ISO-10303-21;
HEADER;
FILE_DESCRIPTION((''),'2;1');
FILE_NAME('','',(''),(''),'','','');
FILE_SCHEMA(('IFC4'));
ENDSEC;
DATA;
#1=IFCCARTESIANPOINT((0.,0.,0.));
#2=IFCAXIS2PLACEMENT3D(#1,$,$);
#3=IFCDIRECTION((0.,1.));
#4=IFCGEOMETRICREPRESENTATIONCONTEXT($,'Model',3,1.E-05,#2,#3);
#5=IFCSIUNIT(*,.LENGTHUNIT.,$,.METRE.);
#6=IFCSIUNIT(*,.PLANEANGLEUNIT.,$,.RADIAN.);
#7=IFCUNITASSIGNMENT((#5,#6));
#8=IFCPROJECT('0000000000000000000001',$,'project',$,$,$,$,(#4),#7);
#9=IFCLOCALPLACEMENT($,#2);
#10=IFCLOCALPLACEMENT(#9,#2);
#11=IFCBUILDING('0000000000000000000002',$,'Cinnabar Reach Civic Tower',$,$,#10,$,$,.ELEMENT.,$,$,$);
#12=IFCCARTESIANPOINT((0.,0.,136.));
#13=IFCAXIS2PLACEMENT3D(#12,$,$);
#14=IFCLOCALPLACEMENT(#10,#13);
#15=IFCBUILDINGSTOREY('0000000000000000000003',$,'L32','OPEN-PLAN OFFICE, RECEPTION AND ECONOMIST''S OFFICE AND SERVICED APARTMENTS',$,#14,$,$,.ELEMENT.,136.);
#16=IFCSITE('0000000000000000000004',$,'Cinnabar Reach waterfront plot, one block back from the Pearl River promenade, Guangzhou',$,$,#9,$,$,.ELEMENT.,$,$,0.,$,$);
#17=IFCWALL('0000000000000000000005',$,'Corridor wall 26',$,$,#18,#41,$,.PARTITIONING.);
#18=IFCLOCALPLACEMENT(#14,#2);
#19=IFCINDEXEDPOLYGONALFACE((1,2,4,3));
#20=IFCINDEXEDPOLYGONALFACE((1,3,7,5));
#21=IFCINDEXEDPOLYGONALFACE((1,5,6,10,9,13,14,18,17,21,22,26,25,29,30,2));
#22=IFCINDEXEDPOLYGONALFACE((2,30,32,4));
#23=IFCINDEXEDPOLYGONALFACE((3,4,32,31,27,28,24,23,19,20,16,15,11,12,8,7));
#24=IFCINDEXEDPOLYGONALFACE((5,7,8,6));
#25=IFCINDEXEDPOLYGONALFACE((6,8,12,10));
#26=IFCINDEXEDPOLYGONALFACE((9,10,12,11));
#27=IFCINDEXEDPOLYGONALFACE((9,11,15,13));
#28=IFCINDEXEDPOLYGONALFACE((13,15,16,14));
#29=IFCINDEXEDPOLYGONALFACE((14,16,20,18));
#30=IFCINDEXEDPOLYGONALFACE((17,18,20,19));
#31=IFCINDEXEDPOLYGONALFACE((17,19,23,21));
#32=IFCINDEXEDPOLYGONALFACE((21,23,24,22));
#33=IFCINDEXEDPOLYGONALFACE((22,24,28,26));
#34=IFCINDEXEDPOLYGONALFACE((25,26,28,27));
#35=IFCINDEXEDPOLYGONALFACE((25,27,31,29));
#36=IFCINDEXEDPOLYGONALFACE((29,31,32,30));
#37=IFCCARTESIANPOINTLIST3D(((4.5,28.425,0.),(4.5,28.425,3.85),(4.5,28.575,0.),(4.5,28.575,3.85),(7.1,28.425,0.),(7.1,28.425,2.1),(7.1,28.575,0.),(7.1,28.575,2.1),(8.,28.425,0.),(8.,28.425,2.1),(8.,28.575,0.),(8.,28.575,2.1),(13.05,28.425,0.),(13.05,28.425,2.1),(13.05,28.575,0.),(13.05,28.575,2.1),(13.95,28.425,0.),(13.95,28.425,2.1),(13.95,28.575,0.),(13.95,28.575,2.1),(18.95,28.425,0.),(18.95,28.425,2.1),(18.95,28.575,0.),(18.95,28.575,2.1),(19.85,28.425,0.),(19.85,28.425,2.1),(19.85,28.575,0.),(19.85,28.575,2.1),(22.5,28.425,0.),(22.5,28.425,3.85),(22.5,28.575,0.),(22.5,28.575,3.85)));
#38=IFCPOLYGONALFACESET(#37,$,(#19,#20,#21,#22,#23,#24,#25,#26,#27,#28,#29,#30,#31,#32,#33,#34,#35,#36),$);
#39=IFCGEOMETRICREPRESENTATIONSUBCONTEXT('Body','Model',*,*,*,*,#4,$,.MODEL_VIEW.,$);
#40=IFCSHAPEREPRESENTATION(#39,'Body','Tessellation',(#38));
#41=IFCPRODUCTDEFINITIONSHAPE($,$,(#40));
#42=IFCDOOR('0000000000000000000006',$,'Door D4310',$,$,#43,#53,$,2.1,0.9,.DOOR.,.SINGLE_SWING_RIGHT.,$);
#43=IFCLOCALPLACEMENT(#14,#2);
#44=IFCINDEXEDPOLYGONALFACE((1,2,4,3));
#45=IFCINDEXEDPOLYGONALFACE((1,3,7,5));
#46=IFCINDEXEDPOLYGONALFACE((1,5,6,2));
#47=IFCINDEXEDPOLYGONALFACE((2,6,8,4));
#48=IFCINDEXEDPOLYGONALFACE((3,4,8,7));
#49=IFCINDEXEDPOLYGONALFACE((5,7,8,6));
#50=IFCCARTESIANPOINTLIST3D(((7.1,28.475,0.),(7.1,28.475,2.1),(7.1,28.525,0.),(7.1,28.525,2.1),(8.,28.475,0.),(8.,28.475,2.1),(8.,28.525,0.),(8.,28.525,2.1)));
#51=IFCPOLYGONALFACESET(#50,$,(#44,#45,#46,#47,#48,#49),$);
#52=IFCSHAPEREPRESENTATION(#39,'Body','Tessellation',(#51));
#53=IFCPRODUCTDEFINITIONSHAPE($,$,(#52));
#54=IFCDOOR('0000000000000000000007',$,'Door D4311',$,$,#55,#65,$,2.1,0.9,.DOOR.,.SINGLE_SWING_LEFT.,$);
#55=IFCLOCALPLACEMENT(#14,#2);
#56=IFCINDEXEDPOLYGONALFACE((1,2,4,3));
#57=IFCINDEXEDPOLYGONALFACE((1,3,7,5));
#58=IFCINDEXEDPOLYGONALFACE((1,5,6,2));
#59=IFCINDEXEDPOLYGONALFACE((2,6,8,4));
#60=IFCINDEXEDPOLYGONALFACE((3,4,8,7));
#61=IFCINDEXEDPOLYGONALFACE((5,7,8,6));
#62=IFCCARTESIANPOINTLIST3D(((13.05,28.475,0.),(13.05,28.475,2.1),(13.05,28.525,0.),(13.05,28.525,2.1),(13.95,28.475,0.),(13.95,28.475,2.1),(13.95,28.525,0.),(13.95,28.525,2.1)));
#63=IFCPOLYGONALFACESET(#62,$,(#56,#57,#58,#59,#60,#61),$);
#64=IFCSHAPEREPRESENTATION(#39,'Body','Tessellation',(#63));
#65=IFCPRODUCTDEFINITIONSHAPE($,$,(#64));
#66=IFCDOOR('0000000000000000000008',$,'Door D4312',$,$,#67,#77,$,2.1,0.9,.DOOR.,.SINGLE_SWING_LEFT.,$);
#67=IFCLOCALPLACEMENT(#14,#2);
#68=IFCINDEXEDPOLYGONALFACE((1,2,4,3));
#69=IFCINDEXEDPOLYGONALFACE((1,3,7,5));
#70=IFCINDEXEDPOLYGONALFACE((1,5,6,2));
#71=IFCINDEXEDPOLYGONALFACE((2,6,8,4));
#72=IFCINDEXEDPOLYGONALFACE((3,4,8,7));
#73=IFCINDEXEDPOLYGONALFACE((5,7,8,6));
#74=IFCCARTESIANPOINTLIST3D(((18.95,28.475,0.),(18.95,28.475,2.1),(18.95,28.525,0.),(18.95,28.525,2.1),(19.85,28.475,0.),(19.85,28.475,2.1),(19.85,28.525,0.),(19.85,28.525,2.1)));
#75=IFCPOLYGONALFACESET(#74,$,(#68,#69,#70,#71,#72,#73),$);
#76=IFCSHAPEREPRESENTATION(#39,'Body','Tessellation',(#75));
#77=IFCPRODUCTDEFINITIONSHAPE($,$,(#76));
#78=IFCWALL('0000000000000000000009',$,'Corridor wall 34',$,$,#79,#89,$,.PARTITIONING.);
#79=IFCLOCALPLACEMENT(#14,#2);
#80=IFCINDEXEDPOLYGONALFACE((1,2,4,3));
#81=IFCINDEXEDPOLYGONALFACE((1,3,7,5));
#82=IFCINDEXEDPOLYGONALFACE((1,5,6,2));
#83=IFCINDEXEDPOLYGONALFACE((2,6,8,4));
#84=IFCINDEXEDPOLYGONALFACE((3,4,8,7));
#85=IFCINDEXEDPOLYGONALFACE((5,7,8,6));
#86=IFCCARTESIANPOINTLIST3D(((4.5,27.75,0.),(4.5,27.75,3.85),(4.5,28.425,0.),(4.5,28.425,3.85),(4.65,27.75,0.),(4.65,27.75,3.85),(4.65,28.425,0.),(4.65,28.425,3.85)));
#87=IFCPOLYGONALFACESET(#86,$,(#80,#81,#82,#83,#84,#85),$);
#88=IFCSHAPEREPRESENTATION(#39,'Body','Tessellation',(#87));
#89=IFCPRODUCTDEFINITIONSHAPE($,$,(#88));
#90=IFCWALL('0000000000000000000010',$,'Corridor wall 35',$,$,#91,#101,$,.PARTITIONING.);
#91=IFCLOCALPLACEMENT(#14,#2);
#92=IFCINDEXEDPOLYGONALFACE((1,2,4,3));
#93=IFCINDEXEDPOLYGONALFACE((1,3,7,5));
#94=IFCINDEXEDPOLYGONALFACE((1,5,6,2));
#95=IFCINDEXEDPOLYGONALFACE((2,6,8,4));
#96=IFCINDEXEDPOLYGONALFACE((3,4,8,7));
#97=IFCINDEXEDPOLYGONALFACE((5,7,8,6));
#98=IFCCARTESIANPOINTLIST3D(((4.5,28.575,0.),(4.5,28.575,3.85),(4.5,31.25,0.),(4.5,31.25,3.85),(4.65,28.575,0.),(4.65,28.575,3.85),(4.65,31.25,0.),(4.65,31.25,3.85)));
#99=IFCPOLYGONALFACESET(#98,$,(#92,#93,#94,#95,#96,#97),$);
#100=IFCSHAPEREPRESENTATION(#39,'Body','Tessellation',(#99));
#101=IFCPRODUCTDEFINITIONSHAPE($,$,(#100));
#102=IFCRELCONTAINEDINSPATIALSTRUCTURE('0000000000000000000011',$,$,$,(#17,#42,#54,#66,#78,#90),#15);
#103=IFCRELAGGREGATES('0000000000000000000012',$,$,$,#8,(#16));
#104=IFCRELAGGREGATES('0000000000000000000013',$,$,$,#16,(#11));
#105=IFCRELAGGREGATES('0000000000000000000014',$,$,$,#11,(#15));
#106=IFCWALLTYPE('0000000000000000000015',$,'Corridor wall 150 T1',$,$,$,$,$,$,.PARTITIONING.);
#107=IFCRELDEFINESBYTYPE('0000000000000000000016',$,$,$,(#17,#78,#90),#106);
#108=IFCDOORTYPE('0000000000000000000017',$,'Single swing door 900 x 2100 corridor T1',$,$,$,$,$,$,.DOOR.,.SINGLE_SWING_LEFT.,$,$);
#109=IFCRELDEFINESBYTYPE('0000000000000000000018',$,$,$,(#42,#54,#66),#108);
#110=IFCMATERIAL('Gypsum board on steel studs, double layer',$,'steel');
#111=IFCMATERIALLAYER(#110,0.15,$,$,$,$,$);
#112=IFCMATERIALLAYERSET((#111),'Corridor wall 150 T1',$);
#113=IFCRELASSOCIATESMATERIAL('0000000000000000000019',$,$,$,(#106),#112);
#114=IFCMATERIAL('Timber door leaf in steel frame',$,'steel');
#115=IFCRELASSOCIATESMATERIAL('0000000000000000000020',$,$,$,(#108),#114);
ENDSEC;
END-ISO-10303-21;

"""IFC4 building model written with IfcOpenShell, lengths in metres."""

from ifc_helpers import new_model, si_unit, direction, frame, frame_2d, origin, place, context, subcontext, project, spatial, rectangle, extrude, material, layer, layer_set, type_object, element, fill, save


model = new_model("IFC4")

# Units and contexts
model_context = context("Model", 3, precision=1e-05, world=origin(), true_north=direction((0.0, 1.0)))
body_context = subcontext(model_context, "Body", "Model", "MODEL_VIEW")
ifc_project = project(units=[si_unit("LENGTHUNIT", "METRE"), si_unit("PLANEANGLEUNIT", "RADIAN")], contexts=[model_context])

# Site, building, storey
site_placement = place(None, origin())
site = spatial("IfcSite", under=ifc_project, at=site_placement, Name="Cinnabar Reach waterfront plot, one block back from the Pearl River promenade, Guangzhou", CompositionType="ELEMENT", RefElevation=0.0)
building_placement = place(site_placement, origin())
building = spatial("IfcBuilding", under=site, at=building_placement, Name="Cinnabar Reach Civic Tower", CompositionType="ELEMENT")
storey_placement = place(building_placement, frame((0.0, 0.0, 136.0)))
storey = spatial("IfcBuildingStorey", under=building, at=storey_placement, Name="L32", Description="OPEN-PLAN OFFICE, RECEPTION AND ECONOMIST'S OFFICE AND SERVICED APARTMENTS", CompositionType="ELEMENT", Elevation=136.0)

# Wall, openings, doors
ifc_material_1 = material(Name="Gypsum board on steel studs, double layer", Category="steel")
ifc_layer_1 = layer(ifc_material_1, 0.15)
ifc_layer_set_1 = layer_set([ifc_layer_1], Name="Corridor wall 150 T1")
wall_type_1 = type_object("IfcWallType", Name="Corridor wall 150 T1", PredefinedType="PARTITIONING", material=ifc_layer_set_1)
wall_1_placement = place(storey_placement, frame((4.5, 28.5, 0.0), z_axis=(0.0, 0.0, 1.0), x_axis=(1.0, 0.0, 0.0)))
wall_1 = element("IfcWall", 1, at=wall_1_placement, inside=storey, type_object=wall_type_1, Name="Corridor wall 26", PredefinedType="PARTITIONING", context=body_context, shape_type="SweptSolid", body=[
    extrude(rectangle(XDim=18.0, YDim=0.15, at=frame_2d((9.0, 0.0))), origin(), (0.0, 0.0, 1.0), 3.85),
])
opening_1_placement = place(wall_1_placement, frame((2.6, 0.0, 0.0)))
opening_1 = element("IfcOpeningElement", 2, at=opening_1_placement, cuts=wall_1, PredefinedType="OPENING", context=body_context, shape_type="SweptSolid", body=[
    extrude(rectangle(XDim=0.9, YDim=2.1, at=frame_2d((0.45, 1.05))), frame((0.0, 0.085, 0.0), z_axis=(0.0, -1.0, 0.0), x_axis=(1.0, 0.0, 0.0)), (0.0, 0.0, 1.0), 0.17),
])
opening_2_placement = place(wall_1_placement, frame((8.55, 0.0, 0.0)))
opening_2 = element("IfcOpeningElement", 3, at=opening_2_placement, cuts=wall_1, PredefinedType="OPENING", context=body_context, shape_type="SweptSolid", body=[
    extrude(rectangle(XDim=0.9, YDim=2.1, at=frame_2d((0.45, 1.05))), frame((0.0, 0.085, 0.0), z_axis=(0.0, -1.0, 0.0), x_axis=(1.0, 0.0, 0.0)), (0.0, 0.0, 1.0), 0.17),
])
opening_3_placement = place(wall_1_placement, frame((14.45, 0.0, 0.0)))
opening_3 = element("IfcOpeningElement", 4, at=opening_3_placement, cuts=wall_1, PredefinedType="OPENING", context=body_context, shape_type="SweptSolid", body=[
    extrude(rectangle(XDim=0.9, YDim=2.1, at=frame_2d((0.45, 1.05))), frame((0.0, 0.085, 0.0), z_axis=(0.0, -1.0, 0.0), x_axis=(1.0, 0.0, 0.0)), (0.0, 0.0, 1.0), 0.17),
])
ifc_material_2 = material(Name="Timber door leaf in steel frame", Category="steel")
door_type_1 = type_object("IfcDoorType", Name="Single swing door 900 x 2100 corridor T1", OperationType="SINGLE_SWING_LEFT", PredefinedType="DOOR", material=ifc_material_2)
door_1_placement = place(opening_1_placement, origin())
door_1 = element("IfcDoor", 5, at=door_1_placement, inside=storey, type_object=door_type_1, Name="Door D4310", OperationType="SINGLE_SWING_RIGHT", OverallHeight=2.1, OverallWidth=0.9, PredefinedType="DOOR", context=body_context, shape_type="SweptSolid", body=[
    extrude(rectangle(XDim=0.9, YDim=2.1, at=frame_2d((0.45, 1.05))), frame((0.0, 0.025, 0.0), z_axis=(0.0, -1.0, 0.0), x_axis=(1.0, 0.0, 0.0)), (0.0, 0.0, 1.0), 0.05),
])
fill(opening_1, door_1)
door_2_placement = place(opening_2_placement, origin())
door_2 = element("IfcDoor", 6, at=door_2_placement, inside=storey, type_object=door_type_1, Name="Door D4311", OperationType="SINGLE_SWING_LEFT", OverallHeight=2.1, OverallWidth=0.9, PredefinedType="DOOR", context=body_context, shape_type="SweptSolid", body=[
    extrude(rectangle(XDim=0.9, YDim=2.1, at=frame_2d((0.45, 1.05))), frame((0.0, 0.025, 0.0), z_axis=(0.0, -1.0, 0.0), x_axis=(1.0, 0.0, 0.0)), (0.0, 0.0, 1.0), 0.05),
])
fill(opening_2, door_2)
door_3_placement = place(opening_3_placement, origin())
door_3 = element("IfcDoor", 7, at=door_3_placement, inside=storey, type_object=door_type_1, Name="Door D4312", OperationType="SINGLE_SWING_LEFT", OverallHeight=2.1, OverallWidth=0.9, PredefinedType="DOOR", context=body_context, shape_type="SweptSolid", body=[
    extrude(rectangle(XDim=0.9, YDim=2.1, at=frame_2d((0.45, 1.05))), frame((0.0, 0.025, 0.0), z_axis=(0.0, -1.0, 0.0), x_axis=(1.0, 0.0, 0.0)), (0.0, 0.0, 1.0), 0.05),
])
fill(opening_3, door_3)

# Walls
wall_2_placement = place(storey_placement, frame((4.575, 27.75, 0.0), z_axis=(0.0, 0.0, 1.0), x_axis=(0.0, 1.0, 0.0)))
element("IfcWall", 8, at=wall_2_placement, inside=storey, type_object=wall_type_1, Name="Corridor wall 34", PredefinedType="PARTITIONING", context=body_context, shape_type="SweptSolid", body=[
    extrude(rectangle(XDim=0.675, YDim=0.15, at=frame_2d((0.3375, 0.0))), origin(), (0.0, 0.0, 1.0), 3.85),
])
wall_3_placement = place(storey_placement, frame((4.575, 28.575, 0.0), z_axis=(0.0, 0.0, 1.0), x_axis=(0.0, 1.0, 0.0)))
element("IfcWall", 9, at=wall_3_placement, inside=storey, type_object=wall_type_1, Name="Corridor wall 35", PredefinedType="PARTITIONING", context=body_context, shape_type="SweptSolid", body=[
    extrude(rectangle(XDim=2.675, YDim=0.15, at=frame_2d((1.3375, 0.0))), origin(), (0.0, 0.0, 1.0), 3.85),
])

save(model, "model.ifc")
